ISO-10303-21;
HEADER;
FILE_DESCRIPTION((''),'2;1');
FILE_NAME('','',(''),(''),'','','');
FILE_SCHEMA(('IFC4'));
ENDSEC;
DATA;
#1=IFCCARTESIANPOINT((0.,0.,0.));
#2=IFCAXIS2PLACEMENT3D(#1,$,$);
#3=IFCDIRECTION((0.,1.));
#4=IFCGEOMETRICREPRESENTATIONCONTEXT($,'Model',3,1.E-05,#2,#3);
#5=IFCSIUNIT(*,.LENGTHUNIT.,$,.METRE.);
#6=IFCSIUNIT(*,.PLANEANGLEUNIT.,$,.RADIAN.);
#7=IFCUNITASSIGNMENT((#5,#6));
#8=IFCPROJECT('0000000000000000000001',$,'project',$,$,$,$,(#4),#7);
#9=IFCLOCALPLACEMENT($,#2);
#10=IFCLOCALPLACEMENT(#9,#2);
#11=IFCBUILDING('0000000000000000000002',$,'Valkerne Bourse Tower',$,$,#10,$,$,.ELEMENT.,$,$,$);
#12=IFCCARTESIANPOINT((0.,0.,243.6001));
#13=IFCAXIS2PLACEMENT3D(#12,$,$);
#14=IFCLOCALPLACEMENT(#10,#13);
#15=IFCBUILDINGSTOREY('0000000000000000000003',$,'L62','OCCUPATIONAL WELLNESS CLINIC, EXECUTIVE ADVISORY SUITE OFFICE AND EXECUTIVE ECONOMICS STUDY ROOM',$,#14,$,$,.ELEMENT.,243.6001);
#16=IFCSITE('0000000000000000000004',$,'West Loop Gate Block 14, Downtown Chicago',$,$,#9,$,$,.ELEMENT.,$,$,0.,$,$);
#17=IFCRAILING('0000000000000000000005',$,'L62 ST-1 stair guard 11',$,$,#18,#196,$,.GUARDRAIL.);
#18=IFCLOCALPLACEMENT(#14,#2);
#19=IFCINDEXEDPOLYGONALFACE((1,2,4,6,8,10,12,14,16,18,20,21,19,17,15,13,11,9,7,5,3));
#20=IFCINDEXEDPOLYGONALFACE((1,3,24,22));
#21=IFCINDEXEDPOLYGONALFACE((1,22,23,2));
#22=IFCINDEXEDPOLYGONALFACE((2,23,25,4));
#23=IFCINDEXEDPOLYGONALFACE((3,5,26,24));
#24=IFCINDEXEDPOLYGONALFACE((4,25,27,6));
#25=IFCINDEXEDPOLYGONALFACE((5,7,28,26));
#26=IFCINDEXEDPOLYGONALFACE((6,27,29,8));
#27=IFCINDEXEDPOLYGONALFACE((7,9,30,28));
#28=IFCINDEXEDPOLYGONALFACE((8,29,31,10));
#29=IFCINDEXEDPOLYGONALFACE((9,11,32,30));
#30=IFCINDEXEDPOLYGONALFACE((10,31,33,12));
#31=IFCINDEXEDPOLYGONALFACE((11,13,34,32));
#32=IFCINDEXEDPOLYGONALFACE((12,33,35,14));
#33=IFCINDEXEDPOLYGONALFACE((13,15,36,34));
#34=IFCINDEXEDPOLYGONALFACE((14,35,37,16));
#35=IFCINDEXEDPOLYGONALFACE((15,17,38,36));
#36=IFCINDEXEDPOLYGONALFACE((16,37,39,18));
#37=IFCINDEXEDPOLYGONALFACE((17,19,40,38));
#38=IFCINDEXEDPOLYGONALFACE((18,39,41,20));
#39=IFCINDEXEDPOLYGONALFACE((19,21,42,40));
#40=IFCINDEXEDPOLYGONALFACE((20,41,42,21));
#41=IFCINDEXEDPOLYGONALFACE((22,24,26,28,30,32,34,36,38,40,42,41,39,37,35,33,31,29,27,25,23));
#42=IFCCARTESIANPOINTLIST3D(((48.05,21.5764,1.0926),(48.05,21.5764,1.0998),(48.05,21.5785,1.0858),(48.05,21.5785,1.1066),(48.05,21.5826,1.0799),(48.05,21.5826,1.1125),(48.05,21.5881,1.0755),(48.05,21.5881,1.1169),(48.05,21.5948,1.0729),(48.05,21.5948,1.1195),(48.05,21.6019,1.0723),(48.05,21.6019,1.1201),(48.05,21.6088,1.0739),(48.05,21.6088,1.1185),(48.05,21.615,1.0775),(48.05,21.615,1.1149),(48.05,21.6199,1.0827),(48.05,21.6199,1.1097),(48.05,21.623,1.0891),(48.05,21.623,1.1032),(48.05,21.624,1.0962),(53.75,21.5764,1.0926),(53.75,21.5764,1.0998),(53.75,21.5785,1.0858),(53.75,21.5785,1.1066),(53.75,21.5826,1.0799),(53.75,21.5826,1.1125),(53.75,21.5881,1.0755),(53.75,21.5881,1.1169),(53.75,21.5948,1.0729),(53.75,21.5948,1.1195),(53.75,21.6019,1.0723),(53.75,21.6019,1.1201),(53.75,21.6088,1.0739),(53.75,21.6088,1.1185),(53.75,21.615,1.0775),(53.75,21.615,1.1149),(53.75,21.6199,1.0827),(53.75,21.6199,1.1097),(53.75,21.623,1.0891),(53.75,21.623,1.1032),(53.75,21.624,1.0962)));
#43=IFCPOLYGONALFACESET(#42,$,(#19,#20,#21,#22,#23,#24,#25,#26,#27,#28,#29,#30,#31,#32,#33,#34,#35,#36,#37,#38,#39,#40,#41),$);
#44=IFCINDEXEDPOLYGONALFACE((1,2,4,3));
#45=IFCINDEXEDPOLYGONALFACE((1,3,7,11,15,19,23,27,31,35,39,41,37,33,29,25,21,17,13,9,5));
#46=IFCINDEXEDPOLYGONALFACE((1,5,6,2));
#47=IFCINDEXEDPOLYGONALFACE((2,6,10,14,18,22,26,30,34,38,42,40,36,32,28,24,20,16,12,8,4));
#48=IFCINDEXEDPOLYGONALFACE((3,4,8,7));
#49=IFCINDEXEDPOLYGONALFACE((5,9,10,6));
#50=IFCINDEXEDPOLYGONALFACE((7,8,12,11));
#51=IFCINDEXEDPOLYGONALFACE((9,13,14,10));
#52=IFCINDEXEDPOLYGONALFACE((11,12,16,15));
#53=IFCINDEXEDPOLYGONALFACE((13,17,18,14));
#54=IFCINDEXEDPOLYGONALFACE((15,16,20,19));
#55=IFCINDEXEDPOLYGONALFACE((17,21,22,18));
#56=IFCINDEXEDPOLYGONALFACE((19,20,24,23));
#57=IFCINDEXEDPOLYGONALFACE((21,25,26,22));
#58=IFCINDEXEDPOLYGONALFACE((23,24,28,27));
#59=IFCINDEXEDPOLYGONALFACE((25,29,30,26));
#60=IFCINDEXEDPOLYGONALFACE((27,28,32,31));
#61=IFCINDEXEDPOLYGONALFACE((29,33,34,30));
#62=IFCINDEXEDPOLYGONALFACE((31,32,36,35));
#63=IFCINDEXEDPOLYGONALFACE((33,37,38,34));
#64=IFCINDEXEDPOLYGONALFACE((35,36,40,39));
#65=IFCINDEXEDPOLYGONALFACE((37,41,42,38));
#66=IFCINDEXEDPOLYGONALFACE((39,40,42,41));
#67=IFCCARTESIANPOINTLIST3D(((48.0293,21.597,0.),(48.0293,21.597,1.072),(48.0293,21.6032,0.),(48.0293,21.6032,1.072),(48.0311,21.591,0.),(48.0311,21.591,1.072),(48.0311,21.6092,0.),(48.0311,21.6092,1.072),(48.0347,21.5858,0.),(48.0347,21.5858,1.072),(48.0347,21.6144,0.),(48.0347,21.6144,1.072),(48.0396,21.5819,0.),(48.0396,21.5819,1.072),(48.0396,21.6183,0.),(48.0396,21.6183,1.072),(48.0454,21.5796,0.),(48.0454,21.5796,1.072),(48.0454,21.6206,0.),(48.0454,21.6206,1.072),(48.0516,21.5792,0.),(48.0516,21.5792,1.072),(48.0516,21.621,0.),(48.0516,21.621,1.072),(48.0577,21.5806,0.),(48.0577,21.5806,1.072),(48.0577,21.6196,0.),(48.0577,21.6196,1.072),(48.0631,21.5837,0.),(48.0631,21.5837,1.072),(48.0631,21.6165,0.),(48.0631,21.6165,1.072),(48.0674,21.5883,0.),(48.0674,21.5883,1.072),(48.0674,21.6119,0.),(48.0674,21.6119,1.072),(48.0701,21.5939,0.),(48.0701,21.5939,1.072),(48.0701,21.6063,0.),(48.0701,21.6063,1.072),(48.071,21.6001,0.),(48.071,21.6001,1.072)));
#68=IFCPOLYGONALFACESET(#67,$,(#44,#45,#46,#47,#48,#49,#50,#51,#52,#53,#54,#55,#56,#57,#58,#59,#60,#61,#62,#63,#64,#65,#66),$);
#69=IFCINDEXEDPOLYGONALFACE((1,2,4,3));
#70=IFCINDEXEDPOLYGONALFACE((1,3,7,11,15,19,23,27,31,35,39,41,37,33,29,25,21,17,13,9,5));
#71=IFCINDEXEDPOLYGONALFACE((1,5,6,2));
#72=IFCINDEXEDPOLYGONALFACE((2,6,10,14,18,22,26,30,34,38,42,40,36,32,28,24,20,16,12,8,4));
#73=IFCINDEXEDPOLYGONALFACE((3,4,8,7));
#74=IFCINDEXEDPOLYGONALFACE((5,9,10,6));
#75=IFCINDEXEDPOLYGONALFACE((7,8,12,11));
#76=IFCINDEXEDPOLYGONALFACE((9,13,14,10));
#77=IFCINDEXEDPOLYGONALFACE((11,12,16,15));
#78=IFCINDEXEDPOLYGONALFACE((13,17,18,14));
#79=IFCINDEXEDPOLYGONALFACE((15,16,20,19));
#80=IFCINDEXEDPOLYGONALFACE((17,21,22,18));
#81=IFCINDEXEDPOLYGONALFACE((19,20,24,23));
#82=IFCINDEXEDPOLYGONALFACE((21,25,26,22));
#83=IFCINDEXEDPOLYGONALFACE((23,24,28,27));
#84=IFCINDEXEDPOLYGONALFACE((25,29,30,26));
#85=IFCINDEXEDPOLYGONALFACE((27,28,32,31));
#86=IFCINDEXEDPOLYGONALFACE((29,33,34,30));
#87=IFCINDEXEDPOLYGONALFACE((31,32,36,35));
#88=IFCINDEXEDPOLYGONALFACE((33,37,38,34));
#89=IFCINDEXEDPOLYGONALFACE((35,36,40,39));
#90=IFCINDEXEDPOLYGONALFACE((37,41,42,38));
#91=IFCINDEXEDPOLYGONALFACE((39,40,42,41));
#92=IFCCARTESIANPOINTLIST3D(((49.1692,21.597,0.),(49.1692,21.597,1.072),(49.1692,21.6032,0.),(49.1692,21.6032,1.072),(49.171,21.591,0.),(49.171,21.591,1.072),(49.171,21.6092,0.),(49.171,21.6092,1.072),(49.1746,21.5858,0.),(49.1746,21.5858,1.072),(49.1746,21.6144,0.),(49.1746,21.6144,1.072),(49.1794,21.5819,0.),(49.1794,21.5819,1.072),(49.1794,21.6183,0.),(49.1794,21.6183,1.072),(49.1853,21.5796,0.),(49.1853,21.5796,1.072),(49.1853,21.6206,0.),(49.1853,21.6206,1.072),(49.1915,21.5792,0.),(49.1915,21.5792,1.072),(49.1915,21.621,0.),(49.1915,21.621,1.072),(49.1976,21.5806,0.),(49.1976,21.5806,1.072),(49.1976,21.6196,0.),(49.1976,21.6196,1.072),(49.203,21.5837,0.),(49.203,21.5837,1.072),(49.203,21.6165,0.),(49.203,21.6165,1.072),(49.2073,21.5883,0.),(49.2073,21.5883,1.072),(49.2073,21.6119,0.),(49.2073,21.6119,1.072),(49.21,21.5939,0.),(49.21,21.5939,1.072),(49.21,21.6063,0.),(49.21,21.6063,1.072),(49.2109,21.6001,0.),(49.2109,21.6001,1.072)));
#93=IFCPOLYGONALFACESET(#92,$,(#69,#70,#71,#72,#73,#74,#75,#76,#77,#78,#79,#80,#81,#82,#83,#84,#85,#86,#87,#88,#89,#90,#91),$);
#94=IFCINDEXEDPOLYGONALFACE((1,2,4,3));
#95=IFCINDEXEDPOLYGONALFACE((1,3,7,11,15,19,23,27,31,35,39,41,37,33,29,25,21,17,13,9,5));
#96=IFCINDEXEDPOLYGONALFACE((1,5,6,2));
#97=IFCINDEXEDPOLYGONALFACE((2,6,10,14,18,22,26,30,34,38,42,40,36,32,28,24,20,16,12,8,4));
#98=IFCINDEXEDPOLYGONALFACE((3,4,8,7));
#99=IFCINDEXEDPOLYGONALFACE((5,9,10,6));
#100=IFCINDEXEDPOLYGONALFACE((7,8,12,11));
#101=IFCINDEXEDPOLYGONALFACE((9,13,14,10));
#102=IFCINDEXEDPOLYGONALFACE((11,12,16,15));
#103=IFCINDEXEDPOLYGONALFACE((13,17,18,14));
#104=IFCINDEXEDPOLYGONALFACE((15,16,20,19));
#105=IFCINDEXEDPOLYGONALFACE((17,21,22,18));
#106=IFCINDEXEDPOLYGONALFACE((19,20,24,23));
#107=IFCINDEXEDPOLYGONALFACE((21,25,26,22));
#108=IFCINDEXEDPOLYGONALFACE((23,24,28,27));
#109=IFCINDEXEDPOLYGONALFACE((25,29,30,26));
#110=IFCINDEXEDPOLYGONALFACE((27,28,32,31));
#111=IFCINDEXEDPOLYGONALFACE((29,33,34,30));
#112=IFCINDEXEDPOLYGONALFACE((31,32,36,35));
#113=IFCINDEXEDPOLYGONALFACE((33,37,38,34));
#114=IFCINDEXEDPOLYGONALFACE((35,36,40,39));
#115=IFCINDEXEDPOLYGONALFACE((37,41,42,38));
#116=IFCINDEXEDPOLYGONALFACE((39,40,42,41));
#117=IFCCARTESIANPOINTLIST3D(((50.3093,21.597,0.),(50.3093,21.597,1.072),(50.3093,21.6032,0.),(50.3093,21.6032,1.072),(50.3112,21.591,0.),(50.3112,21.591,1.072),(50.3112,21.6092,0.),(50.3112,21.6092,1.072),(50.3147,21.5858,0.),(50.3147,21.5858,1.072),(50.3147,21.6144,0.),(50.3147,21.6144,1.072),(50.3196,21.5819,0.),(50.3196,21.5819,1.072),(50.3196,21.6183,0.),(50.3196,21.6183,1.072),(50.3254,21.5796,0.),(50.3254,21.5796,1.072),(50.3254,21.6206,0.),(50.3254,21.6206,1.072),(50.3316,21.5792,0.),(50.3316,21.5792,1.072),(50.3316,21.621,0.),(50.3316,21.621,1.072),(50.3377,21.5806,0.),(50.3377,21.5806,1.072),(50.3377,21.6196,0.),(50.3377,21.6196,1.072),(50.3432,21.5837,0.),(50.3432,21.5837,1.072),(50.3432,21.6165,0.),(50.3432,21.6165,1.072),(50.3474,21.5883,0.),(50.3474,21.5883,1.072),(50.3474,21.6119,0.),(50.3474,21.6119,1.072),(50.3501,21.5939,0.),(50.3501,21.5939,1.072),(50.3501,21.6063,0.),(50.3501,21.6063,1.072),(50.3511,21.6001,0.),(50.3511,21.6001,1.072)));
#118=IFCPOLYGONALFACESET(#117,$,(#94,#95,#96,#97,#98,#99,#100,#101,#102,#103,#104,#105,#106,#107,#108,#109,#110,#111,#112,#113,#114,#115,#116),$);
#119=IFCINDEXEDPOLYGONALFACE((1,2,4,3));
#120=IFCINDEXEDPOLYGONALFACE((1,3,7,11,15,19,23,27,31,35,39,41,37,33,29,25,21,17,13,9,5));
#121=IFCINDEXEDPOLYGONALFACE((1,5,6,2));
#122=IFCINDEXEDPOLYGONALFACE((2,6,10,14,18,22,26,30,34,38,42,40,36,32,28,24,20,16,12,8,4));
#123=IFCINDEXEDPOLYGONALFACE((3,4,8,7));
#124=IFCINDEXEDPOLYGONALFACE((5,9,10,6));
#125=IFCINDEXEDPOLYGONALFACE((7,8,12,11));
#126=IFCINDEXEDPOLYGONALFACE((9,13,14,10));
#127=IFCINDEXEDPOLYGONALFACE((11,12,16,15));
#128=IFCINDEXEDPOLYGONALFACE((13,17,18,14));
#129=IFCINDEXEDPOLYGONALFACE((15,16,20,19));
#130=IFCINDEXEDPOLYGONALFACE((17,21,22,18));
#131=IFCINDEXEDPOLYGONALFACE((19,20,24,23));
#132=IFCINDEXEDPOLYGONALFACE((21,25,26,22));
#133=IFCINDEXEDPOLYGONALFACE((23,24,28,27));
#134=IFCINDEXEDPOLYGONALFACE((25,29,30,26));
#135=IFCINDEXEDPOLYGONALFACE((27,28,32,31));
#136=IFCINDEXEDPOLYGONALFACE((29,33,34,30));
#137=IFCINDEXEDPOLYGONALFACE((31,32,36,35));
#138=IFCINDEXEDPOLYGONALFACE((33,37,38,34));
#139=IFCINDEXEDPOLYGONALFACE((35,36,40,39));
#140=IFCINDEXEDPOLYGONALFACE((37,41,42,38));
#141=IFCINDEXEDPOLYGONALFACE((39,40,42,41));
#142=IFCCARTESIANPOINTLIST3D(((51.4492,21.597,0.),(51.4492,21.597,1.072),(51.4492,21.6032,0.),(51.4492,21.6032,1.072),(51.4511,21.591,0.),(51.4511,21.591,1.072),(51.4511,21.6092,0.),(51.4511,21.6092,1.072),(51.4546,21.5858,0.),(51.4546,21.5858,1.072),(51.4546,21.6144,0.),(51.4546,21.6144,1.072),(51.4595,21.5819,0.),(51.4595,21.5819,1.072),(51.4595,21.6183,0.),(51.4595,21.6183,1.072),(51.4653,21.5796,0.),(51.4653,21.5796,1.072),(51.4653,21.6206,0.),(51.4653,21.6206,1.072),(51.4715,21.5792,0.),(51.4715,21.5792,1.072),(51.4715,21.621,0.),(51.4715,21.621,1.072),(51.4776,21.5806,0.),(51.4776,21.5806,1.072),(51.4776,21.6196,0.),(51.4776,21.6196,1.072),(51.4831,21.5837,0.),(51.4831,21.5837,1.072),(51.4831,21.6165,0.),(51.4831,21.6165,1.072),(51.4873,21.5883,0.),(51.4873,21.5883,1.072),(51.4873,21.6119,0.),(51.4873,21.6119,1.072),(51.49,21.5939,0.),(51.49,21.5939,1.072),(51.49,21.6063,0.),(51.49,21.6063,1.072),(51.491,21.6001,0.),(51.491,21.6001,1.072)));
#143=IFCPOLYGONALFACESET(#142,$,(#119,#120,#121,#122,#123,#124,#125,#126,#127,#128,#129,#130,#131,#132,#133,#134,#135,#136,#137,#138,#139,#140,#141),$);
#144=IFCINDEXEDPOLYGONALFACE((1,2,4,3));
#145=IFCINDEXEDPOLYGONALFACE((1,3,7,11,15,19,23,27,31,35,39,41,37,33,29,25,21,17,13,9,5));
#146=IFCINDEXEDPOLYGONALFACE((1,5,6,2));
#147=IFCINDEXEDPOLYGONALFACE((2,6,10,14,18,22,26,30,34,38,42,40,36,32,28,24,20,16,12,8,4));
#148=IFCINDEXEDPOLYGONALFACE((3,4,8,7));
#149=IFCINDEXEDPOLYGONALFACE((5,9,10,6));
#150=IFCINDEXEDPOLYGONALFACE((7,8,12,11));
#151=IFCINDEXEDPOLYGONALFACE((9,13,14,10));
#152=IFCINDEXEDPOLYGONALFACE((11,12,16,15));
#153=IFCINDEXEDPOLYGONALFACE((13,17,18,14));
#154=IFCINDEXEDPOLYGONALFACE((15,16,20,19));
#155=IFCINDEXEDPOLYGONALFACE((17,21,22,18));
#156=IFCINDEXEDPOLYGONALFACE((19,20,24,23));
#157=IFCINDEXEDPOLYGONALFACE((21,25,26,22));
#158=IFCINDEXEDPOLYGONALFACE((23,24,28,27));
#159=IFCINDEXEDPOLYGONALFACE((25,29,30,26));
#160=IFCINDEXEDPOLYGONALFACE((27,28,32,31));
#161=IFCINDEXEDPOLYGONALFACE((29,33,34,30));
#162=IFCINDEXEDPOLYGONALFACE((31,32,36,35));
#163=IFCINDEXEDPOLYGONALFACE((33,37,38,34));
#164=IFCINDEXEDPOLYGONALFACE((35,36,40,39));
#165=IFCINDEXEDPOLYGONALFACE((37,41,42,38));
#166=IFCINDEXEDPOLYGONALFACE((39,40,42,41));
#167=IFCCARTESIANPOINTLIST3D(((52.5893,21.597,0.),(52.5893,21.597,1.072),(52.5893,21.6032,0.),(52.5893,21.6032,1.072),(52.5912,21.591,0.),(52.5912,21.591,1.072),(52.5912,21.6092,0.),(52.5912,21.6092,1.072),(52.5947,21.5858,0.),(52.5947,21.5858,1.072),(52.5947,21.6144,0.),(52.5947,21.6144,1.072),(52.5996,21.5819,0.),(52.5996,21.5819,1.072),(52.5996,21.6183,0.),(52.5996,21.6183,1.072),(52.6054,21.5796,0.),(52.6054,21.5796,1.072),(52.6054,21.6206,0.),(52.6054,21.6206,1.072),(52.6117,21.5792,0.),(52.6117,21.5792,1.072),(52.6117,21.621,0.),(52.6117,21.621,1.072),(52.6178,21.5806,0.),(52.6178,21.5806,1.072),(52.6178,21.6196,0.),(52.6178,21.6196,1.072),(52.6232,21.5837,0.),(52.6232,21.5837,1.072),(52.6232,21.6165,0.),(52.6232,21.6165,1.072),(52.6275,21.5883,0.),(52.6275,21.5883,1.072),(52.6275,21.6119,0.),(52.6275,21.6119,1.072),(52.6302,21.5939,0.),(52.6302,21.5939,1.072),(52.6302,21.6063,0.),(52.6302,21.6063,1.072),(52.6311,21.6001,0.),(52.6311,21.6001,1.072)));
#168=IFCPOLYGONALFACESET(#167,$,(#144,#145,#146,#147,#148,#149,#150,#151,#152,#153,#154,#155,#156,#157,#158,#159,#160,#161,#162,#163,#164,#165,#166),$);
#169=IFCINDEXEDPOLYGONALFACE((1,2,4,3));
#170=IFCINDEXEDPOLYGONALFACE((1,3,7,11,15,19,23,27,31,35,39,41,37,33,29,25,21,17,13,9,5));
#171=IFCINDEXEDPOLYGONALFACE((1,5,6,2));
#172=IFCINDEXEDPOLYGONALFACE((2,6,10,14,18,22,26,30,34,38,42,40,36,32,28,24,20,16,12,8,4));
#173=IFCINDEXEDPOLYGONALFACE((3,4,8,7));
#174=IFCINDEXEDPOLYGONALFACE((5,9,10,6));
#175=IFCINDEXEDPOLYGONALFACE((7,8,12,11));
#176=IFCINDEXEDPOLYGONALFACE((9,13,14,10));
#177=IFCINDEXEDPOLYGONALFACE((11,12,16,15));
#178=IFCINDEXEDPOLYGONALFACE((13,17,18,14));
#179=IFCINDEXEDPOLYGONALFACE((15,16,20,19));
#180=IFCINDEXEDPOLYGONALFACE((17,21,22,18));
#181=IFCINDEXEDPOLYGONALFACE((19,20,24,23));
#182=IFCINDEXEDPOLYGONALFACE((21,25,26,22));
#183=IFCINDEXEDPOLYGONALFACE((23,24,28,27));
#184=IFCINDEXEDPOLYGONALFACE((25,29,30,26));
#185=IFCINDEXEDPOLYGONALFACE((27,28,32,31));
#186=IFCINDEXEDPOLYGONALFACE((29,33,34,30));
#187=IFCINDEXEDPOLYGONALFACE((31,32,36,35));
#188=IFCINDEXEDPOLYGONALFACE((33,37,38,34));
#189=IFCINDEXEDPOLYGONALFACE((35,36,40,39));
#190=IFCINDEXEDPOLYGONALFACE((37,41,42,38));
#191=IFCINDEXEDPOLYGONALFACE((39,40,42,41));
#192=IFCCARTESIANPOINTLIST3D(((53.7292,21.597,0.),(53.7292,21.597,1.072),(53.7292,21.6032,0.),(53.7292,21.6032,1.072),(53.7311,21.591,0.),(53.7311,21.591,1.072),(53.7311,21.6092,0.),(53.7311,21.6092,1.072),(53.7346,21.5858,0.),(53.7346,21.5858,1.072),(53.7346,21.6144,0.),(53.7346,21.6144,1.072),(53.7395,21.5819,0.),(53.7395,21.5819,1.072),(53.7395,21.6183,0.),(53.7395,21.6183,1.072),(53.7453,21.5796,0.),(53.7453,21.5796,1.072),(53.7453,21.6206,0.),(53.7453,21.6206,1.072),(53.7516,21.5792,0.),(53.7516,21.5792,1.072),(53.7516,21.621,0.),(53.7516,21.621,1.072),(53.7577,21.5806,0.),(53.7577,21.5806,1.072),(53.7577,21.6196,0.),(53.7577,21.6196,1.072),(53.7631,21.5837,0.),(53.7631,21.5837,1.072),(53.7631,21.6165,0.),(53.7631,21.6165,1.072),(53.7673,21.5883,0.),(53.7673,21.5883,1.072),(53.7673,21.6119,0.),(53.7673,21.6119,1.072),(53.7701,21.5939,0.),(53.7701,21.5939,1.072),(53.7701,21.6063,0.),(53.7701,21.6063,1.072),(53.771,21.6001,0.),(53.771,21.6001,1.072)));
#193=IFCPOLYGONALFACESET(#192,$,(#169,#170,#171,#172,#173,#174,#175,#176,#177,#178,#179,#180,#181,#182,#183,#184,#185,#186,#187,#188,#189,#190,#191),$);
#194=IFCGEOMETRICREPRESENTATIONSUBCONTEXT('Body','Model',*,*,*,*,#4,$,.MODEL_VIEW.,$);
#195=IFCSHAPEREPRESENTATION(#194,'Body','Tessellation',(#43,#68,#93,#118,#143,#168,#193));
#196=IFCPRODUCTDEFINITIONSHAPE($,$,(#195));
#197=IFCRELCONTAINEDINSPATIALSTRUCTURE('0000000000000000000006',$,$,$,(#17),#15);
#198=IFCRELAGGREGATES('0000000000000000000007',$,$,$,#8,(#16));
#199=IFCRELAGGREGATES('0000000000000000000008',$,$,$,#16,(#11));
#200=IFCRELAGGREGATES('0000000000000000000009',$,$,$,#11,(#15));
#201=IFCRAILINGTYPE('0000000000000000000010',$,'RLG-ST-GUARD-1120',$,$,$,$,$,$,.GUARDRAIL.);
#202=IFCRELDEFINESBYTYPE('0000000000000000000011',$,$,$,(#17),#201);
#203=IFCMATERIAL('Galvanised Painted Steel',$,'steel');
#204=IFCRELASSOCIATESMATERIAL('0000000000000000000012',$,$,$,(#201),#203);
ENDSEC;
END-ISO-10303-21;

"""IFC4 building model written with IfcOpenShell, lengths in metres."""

from ifc_helpers import new_model, si_unit, direction, frame, origin, origin_2d, place, context, subcontext, project, spatial, circle, extrude, material, type_object, element, save


model = new_model("IFC4")

# Units and contexts
model_context = context("Model", 3, precision=1e-05, world=origin(), true_north=direction((0.0, 1.0)))
body_context = subcontext(model_context, "Body", "Model", "MODEL_VIEW")
ifc_project = project(units=[si_unit("LENGTHUNIT", "METRE"), si_unit("PLANEANGLEUNIT", "RADIAN")], contexts=[model_context])

# Site, building, storey
site_placement = place(None, origin())
site = spatial("IfcSite", under=ifc_project, at=site_placement, Name="West Loop Gate Block 14, Downtown Chicago", CompositionType="ELEMENT", RefElevation=0.0)
building_placement = place(site_placement, origin())
building = spatial("IfcBuilding", under=site, at=building_placement, Name="Valkerne Bourse Tower", CompositionType="ELEMENT")
storey_placement = place(building_placement, frame((0.0, 0.0, 243.6001)))
storey = spatial("IfcBuildingStorey", under=building, at=storey_placement, Name="L62", Description="OCCUPATIONAL WELLNESS CLINIC, EXECUTIVE ADVISORY SUITE OFFICE AND EXECUTIVE ECONOMICS STUDY ROOM", CompositionType="ELEMENT", Elevation=243.6001)

# Shared definitions
ifc_material_1 = material(Name="Galvanised Painted Steel", Category="steel")

# Railing
railing_type_1 = type_object("IfcRailingType", Name="RLG-ST-GUARD-1120", PredefinedType="GUARDRAIL", material=ifc_material_1)
railing_1_placement = place(storey_placement, frame((48.05, 21.6001, 0.0)))
element("IfcRailing", 1, at=railing_1_placement, inside=storey, type_object=railing_type_1, Name="L62 ST-1 stair guard 11", PredefinedType="GUARDRAIL", context=body_context, shape_type="SweptSolid", body=[
    extrude(circle(Radius=0.0239, at=origin_2d()), frame((0.0, 0.0, 1.0962), z_axis=(1.0, 0.0, 0.0), x_axis=(0.0, 1.0, 0.0)), (0.0, 0.0, 1.0), 5.7),
    extrude(circle(Radius=0.021, at=origin_2d()), origin(), (0.0, 0.0, 1.0), 1.072),
    extrude(circle(Radius=0.021, at=origin_2d()), frame((1.1399, 0.0, 0.0)), (0.0, 0.0, 1.0), 1.072),
    extrude(circle(Radius=0.021, at=origin_2d()), frame((2.28, 0.0, 0.0)), (0.0, 0.0, 1.0), 1.072),
    extrude(circle(Radius=0.021, at=origin_2d()), frame((3.4199, 0.0, 0.0)), (0.0, 0.0, 1.0), 1.072),
    extrude(circle(Radius=0.021, at=origin_2d()), frame((4.5601, 0.0, 0.0)), (0.0, 0.0, 1.0), 1.072),
    extrude(circle(Radius=0.021, at=origin_2d()), frame((5.7, 0.0, 0.0)), (0.0, 0.0, 1.0), 1.072),
])

save(model, "model.ifc")
